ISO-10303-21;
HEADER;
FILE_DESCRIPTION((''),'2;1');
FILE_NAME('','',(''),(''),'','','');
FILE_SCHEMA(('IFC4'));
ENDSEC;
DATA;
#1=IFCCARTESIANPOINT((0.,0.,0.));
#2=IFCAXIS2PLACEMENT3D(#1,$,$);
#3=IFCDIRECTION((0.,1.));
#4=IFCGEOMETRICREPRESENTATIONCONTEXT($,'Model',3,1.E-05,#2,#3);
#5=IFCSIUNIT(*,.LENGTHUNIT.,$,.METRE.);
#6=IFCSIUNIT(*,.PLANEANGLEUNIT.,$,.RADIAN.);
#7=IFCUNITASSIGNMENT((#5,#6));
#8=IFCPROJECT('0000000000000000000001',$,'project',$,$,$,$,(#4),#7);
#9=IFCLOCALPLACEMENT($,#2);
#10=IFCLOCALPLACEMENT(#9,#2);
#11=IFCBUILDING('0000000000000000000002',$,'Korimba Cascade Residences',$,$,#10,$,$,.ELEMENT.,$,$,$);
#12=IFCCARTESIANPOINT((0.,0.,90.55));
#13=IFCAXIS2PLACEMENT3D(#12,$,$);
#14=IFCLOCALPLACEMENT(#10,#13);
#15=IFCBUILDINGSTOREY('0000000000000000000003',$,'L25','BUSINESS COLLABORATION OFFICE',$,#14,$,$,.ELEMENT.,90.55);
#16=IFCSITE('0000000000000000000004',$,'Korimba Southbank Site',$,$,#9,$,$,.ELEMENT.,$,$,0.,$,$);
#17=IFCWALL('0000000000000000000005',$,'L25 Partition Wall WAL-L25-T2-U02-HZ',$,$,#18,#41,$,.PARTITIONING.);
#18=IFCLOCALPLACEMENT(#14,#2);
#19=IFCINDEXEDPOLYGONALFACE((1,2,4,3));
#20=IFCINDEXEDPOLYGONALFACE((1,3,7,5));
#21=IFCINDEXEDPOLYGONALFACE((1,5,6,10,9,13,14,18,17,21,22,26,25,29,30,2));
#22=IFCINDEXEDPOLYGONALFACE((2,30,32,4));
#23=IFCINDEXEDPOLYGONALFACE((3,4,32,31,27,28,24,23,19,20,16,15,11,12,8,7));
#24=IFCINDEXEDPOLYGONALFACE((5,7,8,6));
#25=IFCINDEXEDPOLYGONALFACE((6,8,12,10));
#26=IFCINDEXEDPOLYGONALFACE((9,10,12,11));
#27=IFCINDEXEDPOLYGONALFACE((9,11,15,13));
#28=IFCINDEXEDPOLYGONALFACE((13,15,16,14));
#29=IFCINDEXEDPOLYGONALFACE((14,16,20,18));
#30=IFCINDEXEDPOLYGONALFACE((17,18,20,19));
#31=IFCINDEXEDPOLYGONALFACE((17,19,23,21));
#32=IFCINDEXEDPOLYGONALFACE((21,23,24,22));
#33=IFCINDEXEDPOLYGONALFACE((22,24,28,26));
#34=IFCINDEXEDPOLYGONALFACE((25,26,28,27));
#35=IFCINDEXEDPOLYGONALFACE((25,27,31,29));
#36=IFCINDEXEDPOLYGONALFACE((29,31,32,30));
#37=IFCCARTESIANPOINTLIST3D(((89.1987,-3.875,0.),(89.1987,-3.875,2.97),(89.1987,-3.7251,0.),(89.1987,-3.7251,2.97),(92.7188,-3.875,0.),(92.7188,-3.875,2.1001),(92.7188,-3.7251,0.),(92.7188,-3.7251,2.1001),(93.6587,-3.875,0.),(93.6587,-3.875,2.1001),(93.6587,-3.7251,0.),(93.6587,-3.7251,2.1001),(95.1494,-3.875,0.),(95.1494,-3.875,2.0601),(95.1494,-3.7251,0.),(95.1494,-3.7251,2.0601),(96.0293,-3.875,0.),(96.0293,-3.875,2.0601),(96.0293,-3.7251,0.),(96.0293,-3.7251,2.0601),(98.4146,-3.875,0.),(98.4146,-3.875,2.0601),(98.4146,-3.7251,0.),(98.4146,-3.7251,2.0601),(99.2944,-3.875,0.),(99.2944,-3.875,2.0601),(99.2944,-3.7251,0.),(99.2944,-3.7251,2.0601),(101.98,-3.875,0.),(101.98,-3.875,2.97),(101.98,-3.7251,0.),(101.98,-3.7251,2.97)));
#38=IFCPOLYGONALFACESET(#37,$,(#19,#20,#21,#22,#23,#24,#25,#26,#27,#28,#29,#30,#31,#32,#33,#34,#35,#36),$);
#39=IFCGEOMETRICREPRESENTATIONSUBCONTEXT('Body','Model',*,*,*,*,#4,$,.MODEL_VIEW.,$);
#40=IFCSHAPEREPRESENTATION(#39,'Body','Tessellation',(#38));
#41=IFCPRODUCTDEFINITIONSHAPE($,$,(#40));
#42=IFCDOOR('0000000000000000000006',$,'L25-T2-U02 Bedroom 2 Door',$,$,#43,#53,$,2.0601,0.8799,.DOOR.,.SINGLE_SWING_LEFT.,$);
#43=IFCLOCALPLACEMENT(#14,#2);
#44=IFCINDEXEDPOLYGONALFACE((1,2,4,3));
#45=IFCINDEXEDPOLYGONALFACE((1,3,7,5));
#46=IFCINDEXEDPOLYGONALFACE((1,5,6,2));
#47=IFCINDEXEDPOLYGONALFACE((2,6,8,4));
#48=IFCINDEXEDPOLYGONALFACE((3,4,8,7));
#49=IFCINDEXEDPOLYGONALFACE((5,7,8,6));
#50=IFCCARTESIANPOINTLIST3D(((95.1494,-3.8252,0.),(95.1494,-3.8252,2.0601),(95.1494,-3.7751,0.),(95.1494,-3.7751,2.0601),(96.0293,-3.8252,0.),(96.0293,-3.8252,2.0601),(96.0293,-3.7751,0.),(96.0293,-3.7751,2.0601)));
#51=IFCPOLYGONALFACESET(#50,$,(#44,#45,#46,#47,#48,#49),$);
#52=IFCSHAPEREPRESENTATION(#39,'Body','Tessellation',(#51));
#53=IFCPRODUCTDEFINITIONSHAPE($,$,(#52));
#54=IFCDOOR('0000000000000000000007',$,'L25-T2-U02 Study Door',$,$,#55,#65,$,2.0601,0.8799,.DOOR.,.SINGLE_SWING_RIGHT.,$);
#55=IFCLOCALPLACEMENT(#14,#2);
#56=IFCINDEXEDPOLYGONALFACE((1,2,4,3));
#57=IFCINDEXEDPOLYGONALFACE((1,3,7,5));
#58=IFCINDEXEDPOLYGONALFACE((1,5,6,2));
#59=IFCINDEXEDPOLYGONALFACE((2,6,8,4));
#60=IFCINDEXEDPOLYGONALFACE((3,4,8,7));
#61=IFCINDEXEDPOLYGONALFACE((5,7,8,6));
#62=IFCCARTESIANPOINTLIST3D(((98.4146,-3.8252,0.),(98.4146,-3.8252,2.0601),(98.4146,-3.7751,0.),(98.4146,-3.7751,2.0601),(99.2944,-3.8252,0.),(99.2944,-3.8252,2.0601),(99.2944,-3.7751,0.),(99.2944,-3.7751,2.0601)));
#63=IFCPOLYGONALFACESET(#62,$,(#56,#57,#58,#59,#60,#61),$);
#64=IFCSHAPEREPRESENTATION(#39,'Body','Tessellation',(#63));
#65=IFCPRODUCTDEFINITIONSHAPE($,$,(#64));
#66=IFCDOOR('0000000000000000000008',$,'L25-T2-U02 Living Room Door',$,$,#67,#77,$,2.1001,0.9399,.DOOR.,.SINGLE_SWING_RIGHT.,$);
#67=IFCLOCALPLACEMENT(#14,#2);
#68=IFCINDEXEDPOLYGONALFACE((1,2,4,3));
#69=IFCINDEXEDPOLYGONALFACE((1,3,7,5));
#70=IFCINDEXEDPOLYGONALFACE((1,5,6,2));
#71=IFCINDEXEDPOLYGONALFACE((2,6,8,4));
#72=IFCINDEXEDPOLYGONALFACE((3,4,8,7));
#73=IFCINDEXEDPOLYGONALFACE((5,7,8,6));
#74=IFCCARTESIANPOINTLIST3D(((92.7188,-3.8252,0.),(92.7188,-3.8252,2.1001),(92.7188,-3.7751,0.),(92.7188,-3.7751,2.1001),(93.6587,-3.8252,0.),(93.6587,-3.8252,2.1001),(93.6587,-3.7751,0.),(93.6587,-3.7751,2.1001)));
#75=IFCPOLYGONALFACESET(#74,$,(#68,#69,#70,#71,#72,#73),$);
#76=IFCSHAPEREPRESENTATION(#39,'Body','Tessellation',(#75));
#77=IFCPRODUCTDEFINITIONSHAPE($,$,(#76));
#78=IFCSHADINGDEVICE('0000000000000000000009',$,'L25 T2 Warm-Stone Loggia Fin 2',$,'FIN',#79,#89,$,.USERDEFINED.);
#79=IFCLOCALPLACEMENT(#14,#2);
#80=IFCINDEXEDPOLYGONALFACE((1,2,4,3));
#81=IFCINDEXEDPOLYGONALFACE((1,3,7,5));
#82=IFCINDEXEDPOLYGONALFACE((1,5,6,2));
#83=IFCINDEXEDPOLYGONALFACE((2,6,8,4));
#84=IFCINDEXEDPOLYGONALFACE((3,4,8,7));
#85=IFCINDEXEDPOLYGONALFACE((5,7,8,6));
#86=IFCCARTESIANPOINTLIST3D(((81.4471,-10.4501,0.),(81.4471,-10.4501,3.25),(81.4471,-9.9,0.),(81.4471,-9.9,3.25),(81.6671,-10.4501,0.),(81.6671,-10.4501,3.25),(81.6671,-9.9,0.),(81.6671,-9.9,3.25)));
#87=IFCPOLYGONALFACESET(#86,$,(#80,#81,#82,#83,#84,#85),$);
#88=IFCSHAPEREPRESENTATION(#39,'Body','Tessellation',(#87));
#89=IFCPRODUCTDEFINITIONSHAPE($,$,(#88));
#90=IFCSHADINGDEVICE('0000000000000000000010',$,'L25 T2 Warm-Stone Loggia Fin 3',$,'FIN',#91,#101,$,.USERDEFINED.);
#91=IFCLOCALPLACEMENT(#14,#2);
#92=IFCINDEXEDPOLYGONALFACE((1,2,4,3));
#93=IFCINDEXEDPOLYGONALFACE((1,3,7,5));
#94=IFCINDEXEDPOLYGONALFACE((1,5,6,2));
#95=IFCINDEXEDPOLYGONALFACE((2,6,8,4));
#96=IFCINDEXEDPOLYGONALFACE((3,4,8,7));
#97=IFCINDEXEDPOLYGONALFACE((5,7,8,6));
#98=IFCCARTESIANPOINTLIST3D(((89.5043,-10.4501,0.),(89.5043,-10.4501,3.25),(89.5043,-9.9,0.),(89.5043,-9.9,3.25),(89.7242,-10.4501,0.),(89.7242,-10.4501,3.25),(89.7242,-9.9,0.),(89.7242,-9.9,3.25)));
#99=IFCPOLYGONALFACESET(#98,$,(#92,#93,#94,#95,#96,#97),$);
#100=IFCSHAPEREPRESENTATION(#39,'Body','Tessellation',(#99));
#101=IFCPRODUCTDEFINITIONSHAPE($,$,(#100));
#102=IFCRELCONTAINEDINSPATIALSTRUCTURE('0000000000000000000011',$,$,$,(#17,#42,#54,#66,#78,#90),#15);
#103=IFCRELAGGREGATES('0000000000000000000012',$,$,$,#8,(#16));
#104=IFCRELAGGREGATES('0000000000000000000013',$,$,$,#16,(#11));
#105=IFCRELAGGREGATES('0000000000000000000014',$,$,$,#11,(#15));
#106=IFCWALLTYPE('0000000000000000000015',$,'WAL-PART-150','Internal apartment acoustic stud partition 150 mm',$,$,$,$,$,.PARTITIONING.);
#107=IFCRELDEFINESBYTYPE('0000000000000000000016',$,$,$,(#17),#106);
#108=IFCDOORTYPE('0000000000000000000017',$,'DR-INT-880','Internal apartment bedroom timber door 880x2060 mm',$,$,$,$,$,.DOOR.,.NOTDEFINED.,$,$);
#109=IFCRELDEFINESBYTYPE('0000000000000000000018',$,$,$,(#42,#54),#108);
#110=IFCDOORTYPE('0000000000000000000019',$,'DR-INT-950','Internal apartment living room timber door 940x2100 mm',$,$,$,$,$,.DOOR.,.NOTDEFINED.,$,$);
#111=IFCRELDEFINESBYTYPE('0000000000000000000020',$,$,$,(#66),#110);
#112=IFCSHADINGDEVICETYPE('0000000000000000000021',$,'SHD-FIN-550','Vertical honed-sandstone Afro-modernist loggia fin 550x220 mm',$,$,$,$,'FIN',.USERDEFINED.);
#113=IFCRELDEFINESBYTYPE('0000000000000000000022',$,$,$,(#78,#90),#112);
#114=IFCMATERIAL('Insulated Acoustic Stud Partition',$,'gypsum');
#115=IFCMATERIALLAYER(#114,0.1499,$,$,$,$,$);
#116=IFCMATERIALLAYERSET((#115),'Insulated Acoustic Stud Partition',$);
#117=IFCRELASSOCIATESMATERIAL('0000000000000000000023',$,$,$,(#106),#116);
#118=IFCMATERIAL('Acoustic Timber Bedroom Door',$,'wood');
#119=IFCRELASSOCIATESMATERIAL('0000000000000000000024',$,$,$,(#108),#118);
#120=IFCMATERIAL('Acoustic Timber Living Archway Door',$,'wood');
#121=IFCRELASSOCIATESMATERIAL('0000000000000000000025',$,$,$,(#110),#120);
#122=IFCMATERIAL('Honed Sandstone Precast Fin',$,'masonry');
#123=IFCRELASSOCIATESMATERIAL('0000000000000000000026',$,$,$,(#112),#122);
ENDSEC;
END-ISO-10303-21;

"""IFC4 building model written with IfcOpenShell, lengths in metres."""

from ifc_helpers import new_model, si_unit, direction, frame, frame_2d, origin, origin_2d, place, context, subcontext, project, spatial, rectangle, extrude, material, layer, layer_set, type_object, element, fill, save


model = new_model("IFC4")

# Units and contexts
model_context = context("Model", 3, precision=1e-05, world=origin(), true_north=direction((0.0, 1.0)))
body_context = subcontext(model_context, "Body", "Model", "MODEL_VIEW")
ifc_project = project(units=[si_unit("LENGTHUNIT", "METRE"), si_unit("PLANEANGLEUNIT", "RADIAN")], contexts=[model_context])

# Site, building, storey
site_placement = place(None, origin())
site = spatial("IfcSite", under=ifc_project, at=site_placement, Name="Korimba Southbank Site", CompositionType="ELEMENT", RefElevation=0.0)
building_placement = place(site_placement, origin())
building = spatial("IfcBuilding", under=site, at=building_placement, Name="Korimba Cascade Residences", CompositionType="ELEMENT")
storey_placement = place(building_placement, frame((0.0, 0.0, 90.55)))
storey = spatial("IfcBuildingStorey", under=building, at=storey_placement, Name="L25", Description="BUSINESS COLLABORATION OFFICE", CompositionType="ELEMENT", Elevation=90.55)

# Shared definitions
ifc_material_1 = material(Name="Insulated Acoustic Stud Partition", Category="gypsum")
ifc_layer_1 = layer(ifc_material_1, 0.1499)
ifc_layer_set_1 = layer_set([ifc_layer_1], Name="Insulated Acoustic Stud Partition")
wall_type_1 = type_object("IfcWallType", Name="WAL-PART-150", Description="Internal apartment acoustic stud partition 150 mm", PredefinedType="PARTITIONING", material=ifc_layer_set_1)

# Wall, openings, doors
wall_1_placement = place(storey_placement, frame((89.1987, -3.8, 0.0), z_axis=(0.0, 0.0, 1.0), x_axis=(1.0, 0.0, 0.0)))
wall_1 = element("IfcWall", 1, at=wall_1_placement, inside=storey, type_object=wall_type_1, Name="L25 Partition Wall WAL-L25-T2-U02-HZ", PredefinedType="PARTITIONING", context=body_context, shape_type="SweptSolid", body=[
    extrude(rectangle(XDim=12.7812, YDim=0.1499, at=frame_2d((6.3906, 0.0))), origin(), (0.0, 0.0, 1.0), 2.97),
])
opening_1_placement = place(wall_1_placement, frame((3.52, 0.0, 0.0)))
opening_1 = element("IfcOpeningElement", 2, at=opening_1_placement, cuts=wall_1, PredefinedType="OPENING", context=body_context, shape_type="SweptSolid", body=[
    extrude(rectangle(XDim=0.9399, YDim=2.1001, at=frame_2d((0.47, 1.05))), frame((0.0, 0.085, 0.0), z_axis=(0.0, -1.0, 0.0), x_axis=(1.0, 0.0, 0.0)), (0.0, 0.0, 1.0), 0.1699),
])
opening_2_placement = place(wall_1_placement, frame((5.9507, 0.0, 0.0)))
opening_2 = element("IfcOpeningElement", 3, at=opening_2_placement, cuts=wall_1, PredefinedType="OPENING", context=body_context, shape_type="SweptSolid", body=[
    extrude(rectangle(XDim=0.8799, YDim=2.0601, at=frame_2d((0.4399, 1.03))), frame((0.0, 0.085, 0.0), z_axis=(0.0, -1.0, 0.0), x_axis=(1.0, 0.0, 0.0)), (0.0, 0.0, 1.0), 0.1699),
])
opening_3_placement = place(wall_1_placement, frame((9.2158, 0.0, 0.0)))
opening_3 = element("IfcOpeningElement", 4, at=opening_3_placement, cuts=wall_1, PredefinedType="OPENING", context=body_context, shape_type="SweptSolid", body=[
    extrude(rectangle(XDim=0.8799, YDim=2.0601, at=frame_2d((0.4399, 1.03))), frame((0.0, 0.085, 0.0), z_axis=(0.0, -1.0, 0.0), x_axis=(1.0, 0.0, 0.0)), (0.0, 0.0, 1.0), 0.1699),
])
ifc_material_2 = material(Name="Acoustic Timber Bedroom Door", Category="wood")
door_type_1 = type_object("IfcDoorType", Name="DR-INT-880", Description="Internal apartment bedroom timber door 880x2060 mm", OperationType="NOTDEFINED", PredefinedType="DOOR", material=ifc_material_2)
door_1_placement = place(opening_2_placement, origin())
door_1 = element("IfcDoor", 5, at=door_1_placement, inside=storey, type_object=door_type_1, Name="L25-T2-U02 Bedroom 2 Door", OperationType="SINGLE_SWING_LEFT", OverallHeight=2.0601, OverallWidth=0.8799, PredefinedType="DOOR", context=body_context, shape_type="SweptSolid", body=[
    extrude(rectangle(XDim=0.8799, YDim=2.0601, at=frame_2d((0.4399, 1.03))), frame((0.0, 0.0249, 0.0), z_axis=(0.0, -1.0, 0.0), x_axis=(1.0, 0.0, 0.0)), (0.0, 0.0, 1.0), 0.05),
])
fill(opening_2, door_1)
door_2_placement = place(opening_3_placement, origin())
door_2 = element("IfcDoor", 6, at=door_2_placement, inside=storey, type_object=door_type_1, Name="L25-T2-U02 Study Door", OperationType="SINGLE_SWING_RIGHT", OverallHeight=2.0601, OverallWidth=0.8799, PredefinedType="DOOR", context=body_context, shape_type="SweptSolid", body=[
    extrude(rectangle(XDim=0.8799, YDim=2.0601, at=frame_2d((0.4399, 1.03))), frame((0.0, 0.0249, 0.0), z_axis=(0.0, -1.0, 0.0), x_axis=(1.0, 0.0, 0.0)), (0.0, 0.0, 1.0), 0.05),
])
fill(opening_3, door_2)
ifc_material_3 = material(Name="Acoustic Timber Living Archway Door", Category="wood")
door_type_2 = type_object("IfcDoorType", Name="DR-INT-950", Description="Internal apartment living room timber door 940x2100 mm", OperationType="NOTDEFINED", PredefinedType="DOOR", material=ifc_material_3)
door_3_placement = place(opening_1_placement, origin())
door_3 = element("IfcDoor", 7, at=door_3_placement, inside=storey, type_object=door_type_2, Name="L25-T2-U02 Living Room Door", OperationType="SINGLE_SWING_RIGHT", OverallHeight=2.1001, OverallWidth=0.9399, PredefinedType="DOOR", context=body_context, shape_type="SweptSolid", body=[
    extrude(rectangle(XDim=0.9399, YDim=2.1001, at=frame_2d((0.47, 1.05))), frame((0.0, 0.0249, 0.0), z_axis=(0.0, -1.0, 0.0), x_axis=(1.0, 0.0, 0.0)), (0.0, 0.0, 1.0), 0.05),
])
fill(opening_1, door_3)

# Shading devices
ifc_material_4 = material(Name="Honed Sandstone Precast Fin", Category="masonry")
shading_device_type = type_object("IfcShadingDeviceType", Name="SHD-FIN-550", Description="Vertical honed-sandstone Afro-modernist loggia fin 550x220 mm", ElementType="FIN", PredefinedType="USERDEFINED", material=ifc_material_4)
for number, where, z_axis, x_axis, name in (
    (8, (81.5571, -10.175, 0.0), (0.0, 0.0, 1.0), (1.0, 0.0, 0.0), "L25 T2 Warm-Stone Loggia Fin 2"),
    (9, (89.6143, -10.175, 0.0), (0.0, 0.0, 1.0), (1.0, 0.0, 0.0), "L25 T2 Warm-Stone Loggia Fin 3"),
):
    element("IfcShadingDevice", number, at=place(storey_placement, frame(where, z_axis=z_axis, x_axis=x_axis)), inside=storey, type_object=shading_device_type, Name=name, ObjectType="FIN", PredefinedType="USERDEFINED", context=body_context, shape_type="SweptSolid", body=[
        extrude(rectangle(XDim=0.22, YDim=0.55, at=origin_2d()), origin(), (0.0, 0.0, 1.0), 3.25),
    ])

save(model, "model.ifc")
